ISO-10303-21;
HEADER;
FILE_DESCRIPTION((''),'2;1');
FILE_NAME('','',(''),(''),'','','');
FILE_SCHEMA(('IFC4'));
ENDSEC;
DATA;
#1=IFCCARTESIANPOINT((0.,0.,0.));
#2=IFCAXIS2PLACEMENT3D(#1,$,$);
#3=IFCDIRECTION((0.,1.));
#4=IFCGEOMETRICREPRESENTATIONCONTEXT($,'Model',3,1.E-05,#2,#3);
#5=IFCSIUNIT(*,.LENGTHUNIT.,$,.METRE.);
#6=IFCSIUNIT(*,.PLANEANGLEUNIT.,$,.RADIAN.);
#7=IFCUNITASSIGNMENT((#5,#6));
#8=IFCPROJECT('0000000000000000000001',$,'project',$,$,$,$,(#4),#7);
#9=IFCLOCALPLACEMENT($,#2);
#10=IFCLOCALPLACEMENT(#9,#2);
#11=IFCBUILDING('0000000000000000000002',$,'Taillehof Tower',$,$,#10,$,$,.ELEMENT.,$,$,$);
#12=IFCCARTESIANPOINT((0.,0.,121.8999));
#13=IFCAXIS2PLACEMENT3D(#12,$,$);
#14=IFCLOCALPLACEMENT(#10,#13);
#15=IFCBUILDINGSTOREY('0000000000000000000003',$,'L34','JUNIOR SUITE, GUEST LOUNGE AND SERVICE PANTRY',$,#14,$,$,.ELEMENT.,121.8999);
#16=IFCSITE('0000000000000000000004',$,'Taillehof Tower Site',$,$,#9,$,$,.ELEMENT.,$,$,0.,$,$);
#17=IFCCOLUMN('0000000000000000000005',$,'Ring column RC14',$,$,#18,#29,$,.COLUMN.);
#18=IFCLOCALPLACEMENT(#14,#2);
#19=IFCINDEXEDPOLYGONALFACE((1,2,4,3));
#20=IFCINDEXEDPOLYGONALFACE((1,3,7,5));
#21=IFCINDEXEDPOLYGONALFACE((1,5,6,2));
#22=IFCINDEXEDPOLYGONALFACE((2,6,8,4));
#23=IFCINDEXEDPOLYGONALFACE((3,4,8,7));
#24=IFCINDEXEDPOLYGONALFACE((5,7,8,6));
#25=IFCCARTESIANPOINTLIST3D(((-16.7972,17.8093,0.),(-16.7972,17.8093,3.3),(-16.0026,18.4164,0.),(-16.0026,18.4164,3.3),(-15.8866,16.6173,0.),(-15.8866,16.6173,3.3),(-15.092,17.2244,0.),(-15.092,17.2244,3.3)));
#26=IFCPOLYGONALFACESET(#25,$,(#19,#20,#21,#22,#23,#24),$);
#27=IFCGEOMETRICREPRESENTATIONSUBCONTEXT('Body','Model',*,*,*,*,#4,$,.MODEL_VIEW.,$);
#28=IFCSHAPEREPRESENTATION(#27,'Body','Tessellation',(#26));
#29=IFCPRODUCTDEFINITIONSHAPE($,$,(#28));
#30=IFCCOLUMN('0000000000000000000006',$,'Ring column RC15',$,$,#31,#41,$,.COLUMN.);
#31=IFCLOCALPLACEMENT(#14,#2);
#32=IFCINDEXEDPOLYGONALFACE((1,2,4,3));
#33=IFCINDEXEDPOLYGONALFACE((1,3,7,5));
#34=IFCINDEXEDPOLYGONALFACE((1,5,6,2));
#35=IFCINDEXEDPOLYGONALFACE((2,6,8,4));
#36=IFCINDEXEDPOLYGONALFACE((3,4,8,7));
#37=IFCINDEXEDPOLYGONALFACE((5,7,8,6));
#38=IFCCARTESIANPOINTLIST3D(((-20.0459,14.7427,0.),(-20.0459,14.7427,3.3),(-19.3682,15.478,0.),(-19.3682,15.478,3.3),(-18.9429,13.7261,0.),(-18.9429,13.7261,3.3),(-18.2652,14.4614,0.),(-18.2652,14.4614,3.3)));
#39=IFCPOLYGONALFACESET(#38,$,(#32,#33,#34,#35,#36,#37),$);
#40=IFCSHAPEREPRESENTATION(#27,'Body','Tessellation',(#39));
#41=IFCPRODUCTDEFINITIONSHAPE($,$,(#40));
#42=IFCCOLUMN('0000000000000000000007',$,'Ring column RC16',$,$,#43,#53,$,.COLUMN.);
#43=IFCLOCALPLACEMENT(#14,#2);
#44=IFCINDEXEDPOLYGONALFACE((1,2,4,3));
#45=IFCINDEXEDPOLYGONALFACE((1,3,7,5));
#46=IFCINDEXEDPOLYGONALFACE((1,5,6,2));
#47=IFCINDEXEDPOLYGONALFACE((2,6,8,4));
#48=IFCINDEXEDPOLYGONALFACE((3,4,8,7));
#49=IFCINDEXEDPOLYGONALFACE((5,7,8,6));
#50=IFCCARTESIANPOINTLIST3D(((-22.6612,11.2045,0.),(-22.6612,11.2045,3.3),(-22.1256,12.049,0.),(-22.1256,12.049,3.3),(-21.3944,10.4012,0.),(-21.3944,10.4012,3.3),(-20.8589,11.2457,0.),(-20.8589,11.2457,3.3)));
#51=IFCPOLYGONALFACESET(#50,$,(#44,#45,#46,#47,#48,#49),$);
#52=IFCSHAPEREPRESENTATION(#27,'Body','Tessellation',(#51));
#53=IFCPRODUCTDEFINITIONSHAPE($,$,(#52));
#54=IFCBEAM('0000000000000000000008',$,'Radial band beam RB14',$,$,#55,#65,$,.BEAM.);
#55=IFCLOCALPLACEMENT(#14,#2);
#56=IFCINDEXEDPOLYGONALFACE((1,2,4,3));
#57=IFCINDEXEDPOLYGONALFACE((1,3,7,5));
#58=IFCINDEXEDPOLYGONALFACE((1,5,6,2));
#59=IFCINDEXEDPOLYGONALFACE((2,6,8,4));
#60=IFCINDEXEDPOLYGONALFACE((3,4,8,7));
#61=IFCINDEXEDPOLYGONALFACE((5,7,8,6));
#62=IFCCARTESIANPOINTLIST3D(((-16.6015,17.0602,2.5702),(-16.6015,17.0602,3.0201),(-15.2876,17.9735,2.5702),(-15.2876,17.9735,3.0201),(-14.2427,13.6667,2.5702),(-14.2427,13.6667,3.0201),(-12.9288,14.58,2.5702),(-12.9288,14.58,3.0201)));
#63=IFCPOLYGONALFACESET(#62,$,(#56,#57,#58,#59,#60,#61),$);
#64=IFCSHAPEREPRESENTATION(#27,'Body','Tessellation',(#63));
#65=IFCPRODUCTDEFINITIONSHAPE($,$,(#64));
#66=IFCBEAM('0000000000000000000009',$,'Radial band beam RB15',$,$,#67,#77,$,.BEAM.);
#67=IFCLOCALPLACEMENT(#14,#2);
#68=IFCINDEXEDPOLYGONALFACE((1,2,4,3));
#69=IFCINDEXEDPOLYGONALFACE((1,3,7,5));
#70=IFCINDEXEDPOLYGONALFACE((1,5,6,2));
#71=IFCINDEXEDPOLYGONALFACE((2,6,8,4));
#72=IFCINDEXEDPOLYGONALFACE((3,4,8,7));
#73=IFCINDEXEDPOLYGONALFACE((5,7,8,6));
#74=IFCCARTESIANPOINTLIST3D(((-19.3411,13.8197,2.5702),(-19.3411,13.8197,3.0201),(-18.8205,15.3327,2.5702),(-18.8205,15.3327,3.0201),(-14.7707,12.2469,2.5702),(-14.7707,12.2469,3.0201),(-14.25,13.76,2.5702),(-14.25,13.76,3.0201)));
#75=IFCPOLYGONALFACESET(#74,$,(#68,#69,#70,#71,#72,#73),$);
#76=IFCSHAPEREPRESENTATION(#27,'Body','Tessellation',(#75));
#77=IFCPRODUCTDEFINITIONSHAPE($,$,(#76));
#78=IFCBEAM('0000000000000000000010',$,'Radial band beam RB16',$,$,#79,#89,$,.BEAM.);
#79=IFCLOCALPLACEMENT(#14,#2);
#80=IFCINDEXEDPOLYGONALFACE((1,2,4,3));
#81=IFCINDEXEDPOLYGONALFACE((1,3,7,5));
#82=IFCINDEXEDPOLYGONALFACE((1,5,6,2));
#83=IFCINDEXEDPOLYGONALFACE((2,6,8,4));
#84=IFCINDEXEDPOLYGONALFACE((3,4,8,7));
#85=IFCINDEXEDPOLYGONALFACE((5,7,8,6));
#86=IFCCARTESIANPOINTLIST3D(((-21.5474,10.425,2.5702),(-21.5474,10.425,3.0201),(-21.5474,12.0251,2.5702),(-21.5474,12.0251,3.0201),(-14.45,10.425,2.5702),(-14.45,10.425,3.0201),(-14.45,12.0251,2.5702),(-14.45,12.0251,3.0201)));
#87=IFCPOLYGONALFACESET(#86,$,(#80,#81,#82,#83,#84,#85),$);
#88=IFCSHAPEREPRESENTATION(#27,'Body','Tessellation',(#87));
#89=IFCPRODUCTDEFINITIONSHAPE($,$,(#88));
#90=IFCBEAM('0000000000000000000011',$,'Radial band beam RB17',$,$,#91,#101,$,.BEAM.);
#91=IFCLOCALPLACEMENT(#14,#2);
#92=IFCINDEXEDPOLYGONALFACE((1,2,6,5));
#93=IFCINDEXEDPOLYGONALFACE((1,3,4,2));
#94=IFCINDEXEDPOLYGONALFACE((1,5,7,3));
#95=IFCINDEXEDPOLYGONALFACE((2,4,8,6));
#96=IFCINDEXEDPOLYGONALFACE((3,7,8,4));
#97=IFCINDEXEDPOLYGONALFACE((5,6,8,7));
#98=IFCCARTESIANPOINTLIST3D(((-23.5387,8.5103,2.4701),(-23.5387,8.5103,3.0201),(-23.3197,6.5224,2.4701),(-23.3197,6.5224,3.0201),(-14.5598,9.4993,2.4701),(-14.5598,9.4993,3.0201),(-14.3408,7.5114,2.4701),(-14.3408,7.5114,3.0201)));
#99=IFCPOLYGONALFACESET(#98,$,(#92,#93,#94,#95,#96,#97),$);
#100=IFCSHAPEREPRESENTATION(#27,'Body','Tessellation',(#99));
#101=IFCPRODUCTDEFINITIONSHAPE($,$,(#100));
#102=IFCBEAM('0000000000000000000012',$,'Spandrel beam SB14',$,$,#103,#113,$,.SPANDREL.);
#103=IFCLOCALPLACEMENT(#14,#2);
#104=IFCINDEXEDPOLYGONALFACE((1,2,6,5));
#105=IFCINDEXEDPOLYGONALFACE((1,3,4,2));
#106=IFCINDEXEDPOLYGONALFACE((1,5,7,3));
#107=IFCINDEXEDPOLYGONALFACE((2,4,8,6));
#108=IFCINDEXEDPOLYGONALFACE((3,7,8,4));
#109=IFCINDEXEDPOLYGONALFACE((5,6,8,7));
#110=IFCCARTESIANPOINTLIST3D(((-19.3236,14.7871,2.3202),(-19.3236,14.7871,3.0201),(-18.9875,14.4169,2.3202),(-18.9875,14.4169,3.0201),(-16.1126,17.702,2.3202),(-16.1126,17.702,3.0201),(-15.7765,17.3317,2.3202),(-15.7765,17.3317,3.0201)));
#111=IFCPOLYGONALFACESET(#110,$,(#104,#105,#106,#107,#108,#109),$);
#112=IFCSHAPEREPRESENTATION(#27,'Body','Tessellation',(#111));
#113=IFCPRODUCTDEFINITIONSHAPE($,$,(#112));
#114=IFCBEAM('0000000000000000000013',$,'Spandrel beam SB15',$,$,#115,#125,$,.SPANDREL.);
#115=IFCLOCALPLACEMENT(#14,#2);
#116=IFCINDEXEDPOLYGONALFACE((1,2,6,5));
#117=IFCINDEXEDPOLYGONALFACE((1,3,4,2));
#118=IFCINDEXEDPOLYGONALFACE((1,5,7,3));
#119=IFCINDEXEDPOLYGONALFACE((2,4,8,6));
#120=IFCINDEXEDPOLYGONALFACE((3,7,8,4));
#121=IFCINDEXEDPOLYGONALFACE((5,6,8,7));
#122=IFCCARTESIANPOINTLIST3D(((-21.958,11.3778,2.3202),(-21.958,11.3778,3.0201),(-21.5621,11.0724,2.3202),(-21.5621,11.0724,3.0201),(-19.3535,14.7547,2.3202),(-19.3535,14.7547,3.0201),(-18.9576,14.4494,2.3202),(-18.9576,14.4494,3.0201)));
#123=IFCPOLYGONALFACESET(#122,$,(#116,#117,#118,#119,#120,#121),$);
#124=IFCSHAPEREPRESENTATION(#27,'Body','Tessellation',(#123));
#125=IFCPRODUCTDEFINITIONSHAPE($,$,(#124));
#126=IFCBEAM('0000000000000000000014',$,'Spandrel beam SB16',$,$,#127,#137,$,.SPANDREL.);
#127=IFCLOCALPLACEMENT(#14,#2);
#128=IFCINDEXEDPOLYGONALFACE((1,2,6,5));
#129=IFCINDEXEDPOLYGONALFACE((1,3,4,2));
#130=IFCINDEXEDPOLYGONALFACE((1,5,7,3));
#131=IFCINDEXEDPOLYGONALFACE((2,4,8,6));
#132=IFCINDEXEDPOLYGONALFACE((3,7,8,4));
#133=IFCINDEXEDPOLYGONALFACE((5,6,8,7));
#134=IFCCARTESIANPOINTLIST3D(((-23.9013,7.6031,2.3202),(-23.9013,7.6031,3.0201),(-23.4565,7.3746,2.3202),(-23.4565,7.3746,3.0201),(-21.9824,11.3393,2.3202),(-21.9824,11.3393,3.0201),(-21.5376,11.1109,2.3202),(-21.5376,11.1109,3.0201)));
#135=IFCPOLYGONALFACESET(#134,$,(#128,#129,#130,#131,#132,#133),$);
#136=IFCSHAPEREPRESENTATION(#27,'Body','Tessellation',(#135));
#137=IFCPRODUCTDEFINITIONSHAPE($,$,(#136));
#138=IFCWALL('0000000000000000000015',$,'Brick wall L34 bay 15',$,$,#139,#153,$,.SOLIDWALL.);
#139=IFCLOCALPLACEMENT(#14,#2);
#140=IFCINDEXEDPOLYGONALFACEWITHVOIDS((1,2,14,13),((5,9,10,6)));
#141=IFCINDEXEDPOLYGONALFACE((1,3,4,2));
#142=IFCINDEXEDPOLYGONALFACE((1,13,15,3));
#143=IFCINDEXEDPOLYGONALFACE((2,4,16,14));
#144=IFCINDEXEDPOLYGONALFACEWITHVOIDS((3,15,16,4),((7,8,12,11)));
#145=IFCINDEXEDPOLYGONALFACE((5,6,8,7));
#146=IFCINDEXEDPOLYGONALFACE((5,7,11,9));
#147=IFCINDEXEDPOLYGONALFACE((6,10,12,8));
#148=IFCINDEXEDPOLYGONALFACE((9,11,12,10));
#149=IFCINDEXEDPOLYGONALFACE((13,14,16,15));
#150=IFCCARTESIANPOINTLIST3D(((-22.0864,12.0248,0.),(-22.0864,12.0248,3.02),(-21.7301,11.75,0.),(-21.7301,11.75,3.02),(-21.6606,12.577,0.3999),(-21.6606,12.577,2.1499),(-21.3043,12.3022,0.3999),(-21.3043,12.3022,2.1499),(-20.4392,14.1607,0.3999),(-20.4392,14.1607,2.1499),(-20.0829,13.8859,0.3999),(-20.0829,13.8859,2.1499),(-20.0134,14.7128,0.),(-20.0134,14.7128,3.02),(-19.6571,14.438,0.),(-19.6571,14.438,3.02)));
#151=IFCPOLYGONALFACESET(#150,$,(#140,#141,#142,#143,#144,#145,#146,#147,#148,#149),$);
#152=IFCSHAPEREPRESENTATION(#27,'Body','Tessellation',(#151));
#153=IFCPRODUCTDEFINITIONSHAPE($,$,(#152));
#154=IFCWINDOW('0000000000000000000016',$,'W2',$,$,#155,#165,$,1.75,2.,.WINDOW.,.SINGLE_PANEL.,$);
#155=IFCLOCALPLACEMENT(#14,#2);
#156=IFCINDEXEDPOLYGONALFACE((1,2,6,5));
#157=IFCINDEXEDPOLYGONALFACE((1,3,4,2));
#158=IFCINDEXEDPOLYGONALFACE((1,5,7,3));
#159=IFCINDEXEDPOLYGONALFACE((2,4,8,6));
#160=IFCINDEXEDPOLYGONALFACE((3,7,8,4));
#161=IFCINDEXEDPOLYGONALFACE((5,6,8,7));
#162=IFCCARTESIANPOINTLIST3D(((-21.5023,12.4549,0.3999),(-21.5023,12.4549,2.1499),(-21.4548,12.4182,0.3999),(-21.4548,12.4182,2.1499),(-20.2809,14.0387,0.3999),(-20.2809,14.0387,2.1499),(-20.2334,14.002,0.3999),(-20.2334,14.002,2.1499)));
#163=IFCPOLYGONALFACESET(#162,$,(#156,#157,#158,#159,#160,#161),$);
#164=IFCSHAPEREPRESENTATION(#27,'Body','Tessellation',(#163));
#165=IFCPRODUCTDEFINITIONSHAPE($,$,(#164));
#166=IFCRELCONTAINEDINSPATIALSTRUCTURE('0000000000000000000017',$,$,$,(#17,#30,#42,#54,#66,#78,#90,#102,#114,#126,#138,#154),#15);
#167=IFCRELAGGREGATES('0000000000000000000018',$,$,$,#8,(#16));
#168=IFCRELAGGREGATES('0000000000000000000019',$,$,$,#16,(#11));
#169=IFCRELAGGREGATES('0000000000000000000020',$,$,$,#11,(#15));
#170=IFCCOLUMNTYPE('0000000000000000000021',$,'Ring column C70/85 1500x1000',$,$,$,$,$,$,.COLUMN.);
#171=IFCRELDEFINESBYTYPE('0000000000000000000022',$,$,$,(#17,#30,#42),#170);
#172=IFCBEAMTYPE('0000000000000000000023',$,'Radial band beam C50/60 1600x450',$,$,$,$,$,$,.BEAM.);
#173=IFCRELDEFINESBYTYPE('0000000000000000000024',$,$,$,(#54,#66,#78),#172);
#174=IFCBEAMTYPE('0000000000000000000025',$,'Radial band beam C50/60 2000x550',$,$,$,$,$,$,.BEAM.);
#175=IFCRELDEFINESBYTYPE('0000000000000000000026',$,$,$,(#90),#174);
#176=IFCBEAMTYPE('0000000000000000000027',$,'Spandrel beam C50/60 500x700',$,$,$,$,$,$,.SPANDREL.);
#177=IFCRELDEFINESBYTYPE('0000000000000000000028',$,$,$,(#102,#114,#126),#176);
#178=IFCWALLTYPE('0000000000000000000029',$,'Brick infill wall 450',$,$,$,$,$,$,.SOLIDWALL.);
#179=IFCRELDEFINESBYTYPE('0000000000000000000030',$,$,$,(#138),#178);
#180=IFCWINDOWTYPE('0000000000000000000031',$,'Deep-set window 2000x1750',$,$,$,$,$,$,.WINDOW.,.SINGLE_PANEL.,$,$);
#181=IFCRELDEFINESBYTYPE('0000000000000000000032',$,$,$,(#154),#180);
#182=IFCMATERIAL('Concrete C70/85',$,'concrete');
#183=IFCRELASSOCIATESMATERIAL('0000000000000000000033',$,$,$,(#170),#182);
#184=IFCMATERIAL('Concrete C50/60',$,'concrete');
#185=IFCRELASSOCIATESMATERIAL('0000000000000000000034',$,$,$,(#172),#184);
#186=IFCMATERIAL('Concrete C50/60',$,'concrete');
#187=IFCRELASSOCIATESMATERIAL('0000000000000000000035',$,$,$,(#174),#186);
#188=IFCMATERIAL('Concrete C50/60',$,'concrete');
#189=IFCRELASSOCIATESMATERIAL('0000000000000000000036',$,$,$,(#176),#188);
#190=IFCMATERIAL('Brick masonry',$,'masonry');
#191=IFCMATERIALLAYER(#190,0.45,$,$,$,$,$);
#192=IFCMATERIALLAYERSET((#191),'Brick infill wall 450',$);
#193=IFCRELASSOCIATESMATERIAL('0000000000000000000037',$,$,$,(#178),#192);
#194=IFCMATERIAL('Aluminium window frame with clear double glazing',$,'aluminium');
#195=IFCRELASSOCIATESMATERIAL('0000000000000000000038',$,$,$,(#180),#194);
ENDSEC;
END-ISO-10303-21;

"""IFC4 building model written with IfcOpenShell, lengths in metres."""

from ifc_helpers import new_model, si_unit, direction, frame, frame_2d, origin, origin_2d, place, context, subcontext, project, spatial, rectangle, extrude, material, layer, layer_set, material_profile, profile_set, type_object, element, fill, save


model = new_model("IFC4")

# Units and contexts
model_context = context("Model", 3, precision=1e-05, world=origin(), true_north=direction((0.0, 1.0)))
body_context = subcontext(model_context, "Body", "Model", "MODEL_VIEW")
ifc_project = project(units=[si_unit("LENGTHUNIT", "METRE"), si_unit("PLANEANGLEUNIT", "RADIAN")], contexts=[model_context])

# Site, building, storey
site_placement = place(None, origin())
site = spatial("IfcSite", under=ifc_project, at=site_placement, Name="Taillehof Tower Site", CompositionType="ELEMENT", RefElevation=0.0)
building_placement = place(site_placement, origin())
building = spatial("IfcBuilding", under=site, at=building_placement, Name="Taillehof Tower", CompositionType="ELEMENT")
storey_placement = place(building_placement, frame((0.0, 0.0, 121.8999)))
storey = spatial("IfcBuildingStorey", under=building, at=storey_placement, Name="L34", Description="JUNIOR SUITE, GUEST LOUNGE AND SERVICE PANTRY", CompositionType="ELEMENT", Elevation=121.8999)

# Columns
ifc_material_1 = material(Name="Concrete C70/85", Category="concrete")
ifc_material_profile_1 = material_profile(ifc_material_1, rectangle(XDim=1.5, YDim=1.0, at=origin_2d()), Name="RC 1500x1000")
ifc_profile_set_1 = profile_set([ifc_material_profile_1], Name="Concrete C70/85")
column_type = type_object("IfcColumnType", Name="Ring column C70/85 1500x1000", PredefinedType="COLUMN", material=ifc_profile_set_1)
for number, where, z_axis, x_axis, name in (
    (1, (-15.9446, 17.5168, 0.0), (0.0, 0.0, 1.0), (-0.607074, 0.794645, 0.0), "Ring column RC14"),
    (2, (-19.1555, 14.6021, 0.0), (0.0, 0.0, 1.0), (-0.735332, 0.677707, 0.0), "Ring column RC15"),
    (3, (-21.76, 11.2251, 0.0), (0.0, 0.0, 1.0), (-0.844511, 0.535537, 0.0), "Ring column RC16"),
):
    element("IfcColumn", number, at=place(storey_placement, frame(where, z_axis=z_axis, x_axis=x_axis)), inside=storey, type_object=column_type, Name=name, PredefinedType="COLUMN", context=body_context, shape_type="SweptSolid", body=[
        extrude(rectangle(XDim=1.5, YDim=1.0, at=origin_2d()), origin(), (0.0, 0.0, 1.0), 3.3),
    ])

# Beams
ifc_material_2 = material(Name="Concrete C50/60", Category="concrete")
ifc_material_profile_2 = material_profile(ifc_material_2, rectangle(XDim=1.6001, YDim=0.45, at=origin_2d()), Name="RC 1600x450")
ifc_profile_set_2 = profile_set([ifc_material_profile_2], Name="Concrete C50/60")
beam_type_1 = type_object("IfcBeamType", Name="Radial band beam C50/60 1600x450", PredefinedType="BEAM", material=ifc_profile_set_2)
beam_1_placement = place(storey_placement, frame((-15.9446, 17.5168, 2.7952), z_axis=(0.570763, -0.821115, 0.0), x_axis=(0.821115, 0.570763, 0.0)))
element("IfcBeam", 4, at=beam_1_placement, inside=storey, type_object=beam_type_1, Name="Radial band beam RB14", PredefinedType="BEAM", context=body_context, shape_type="SweptSolid", body=[
    extrude(rectangle(XDim=1.6001, YDim=0.45, at=origin_2d()), origin(), (0.0, 0.0, 1.0), 4.1328),
])
beam_2_placement = place(storey_placement, frame((-19.0808, 14.5762, 2.7952), z_axis=(0.945583, -0.32538, 0.0), x_axis=(0.32538, 0.945583, 0.0)))
element("IfcBeam", 5, at=beam_2_placement, inside=storey, type_object=beam_type_1, Name="Radial band beam RB15", PredefinedType="BEAM", context=body_context, shape_type="SweptSolid", body=[
    extrude(rectangle(XDim=1.6001, YDim=0.45, at=origin_2d()), origin(), (0.0, 0.0, 1.0), 4.8335),
])
beam_3_placement = place(storey_placement, frame((-21.5474, 11.2251, 2.7952), z_axis=(1.0, 0.0, 0.0), x_axis=(0.0, 1.0, 0.0)))
element("IfcBeam", 6, at=beam_3_placement, inside=storey, type_object=beam_type_1, Name="Radial band beam RB16", PredefinedType="BEAM", context=body_context, shape_type="SweptSolid", body=[
    extrude(rectangle(XDim=1.6001, YDim=0.45, at=origin_2d()), origin(), (0.0, 0.0, 1.0), 7.0974),
])
ifc_material_3 = material(Name="Concrete C50/60", Category="concrete")
ifc_material_profile_3 = material_profile(ifc_material_3, rectangle(XDim=2.0, YDim=0.55, at=origin_2d()), Name="RC 2000x550")
ifc_profile_set_3 = profile_set([ifc_material_profile_3], Name="Concrete C50/60")
beam_type_2 = type_object("IfcBeamType", Name="Radial band beam C50/60 2000x550", PredefinedType="BEAM", material=ifc_profile_set_3)
beam_4_placement = place(storey_placement, frame((-23.4292, 7.5164, 2.7451), z_axis=(0.993988, 0.109485, 0.0), x_axis=(-0.109485, 0.993988, 0.0)))
element("IfcBeam", 7, at=beam_4_placement, inside=storey, type_object=beam_type_2, Name="Radial band beam RB17", PredefinedType="BEAM", context=body_context, shape_type="SweptSolid", body=[
    extrude(rectangle(XDim=2.0, YDim=0.55, at=origin_2d()), origin(), (0.0, 0.0, 1.0), 9.0332),
])
ifc_material_4 = material(Name="Concrete C50/60", Category="concrete")
ifc_material_profile_4 = material_profile(ifc_material_4, rectangle(XDim=0.5, YDim=0.7, at=origin_2d()), Name="RC 500x700")
ifc_profile_set_4 = profile_set([ifc_material_profile_4], Name="Concrete C50/60")
beam_type_3 = type_object("IfcBeamType", Name="Spandrel beam C50/60 500x700", PredefinedType="SPANDREL", material=ifc_profile_set_4)
beam_5_placement = place(storey_placement, frame((-15.9446, 17.5168, 2.6702), z_axis=(-0.740426, -0.672137, 0.0), x_axis=(0.672137, -0.740426, 0.0)))
element("IfcBeam", 8, at=beam_5_placement, inside=storey, type_object=beam_type_3, Name="Spandrel beam SB14", PredefinedType="SPANDREL", context=body_context, shape_type="SweptSolid", body=[
    extrude(rectangle(XDim=0.5, YDim=0.7, at=origin_2d()), origin(), (0.0, 0.0, 1.0), 4.3367),
])
beam_6_placement = place(storey_placement, frame((-19.1555, 14.6021, 2.6702), z_axis=(-0.610717, -0.791849, 0.0), x_axis=(0.791849, -0.610717, 0.0)))
element("IfcBeam", 9, at=beam_6_placement, inside=storey, type_object=beam_type_3, Name="Spandrel beam SB15", PredefinedType="SPANDREL", context=body_context, shape_type="SweptSolid", body=[
    extrude(rectangle(XDim=0.5, YDim=0.7, at=origin_2d()), origin(), (0.0, 0.0, 1.0), 4.2646),
])
beam_7_placement = place(storey_placement, frame((-21.76, 11.2251, 2.6702), z_axis=(-0.456859, -0.889539, 0.0), x_axis=(0.889539, -0.456859, 0.0)))
element("IfcBeam", 10, at=beam_7_placement, inside=storey, type_object=beam_type_3, Name="Spandrel beam SB16", PredefinedType="SPANDREL", context=body_context, shape_type="SweptSolid", body=[
    extrude(rectangle(XDim=0.5, YDim=0.7, at=origin_2d()), origin(), (0.0, 0.0, 1.0), 4.2002),
])

# Wall, opening, window
ifc_material_5 = material(Name="Brick masonry", Category="masonry")
ifc_layer_1 = layer(ifc_material_5, 0.45)
ifc_layer_set_1 = layer_set([ifc_layer_1], Name="Brick infill wall 450")
wall_type_1 = type_object("IfcWallType", Name="Brick infill wall 450", PredefinedType="SOLIDWALL", material=ifc_layer_set_1)
wall_1_placement = place(storey_placement, frame((-19.8352, 14.5754, 0.0), z_axis=(0.0, 0.0, 1.0), x_axis=(-0.610694, -0.791867, 0.0)))
wall_1 = element("IfcWall", 11, at=wall_1_placement, inside=storey, type_object=wall_type_1, Name="Brick wall L34 bay 15", PredefinedType="SOLIDWALL", context=body_context, shape_type="SweptSolid", body=[
    extrude(rectangle(XDim=3.3945, YDim=0.45, at=frame_2d((1.6973, 0.0))), origin(), (0.0, 0.0, 1.0), 3.02),
])
opening_1_placement = place(wall_1_placement, frame((0.6973, 0.0, 0.3999)))
opening_1 = element("IfcOpeningElement", 12, at=opening_1_placement, cuts=wall_1, PredefinedType="OPENING", context=body_context, shape_type="SweptSolid", body=[
    extrude(rectangle(XDim=2.0, YDim=1.75, at=frame_2d((1.0, 0.875))), frame((0.0, 0.2349, 0.0), z_axis=(0.0, -1.0, 0.0), x_axis=(1.0, 0.0, 0.0)), (0.0, 0.0, 1.0), 0.47),
])
ifc_material_6 = material(Name="Aluminium window frame with clear double glazing", Category="aluminium")
window_type_1 = type_object("IfcWindowType", Name="Deep-set window 2000x1750", PartitioningType="SINGLE_PANEL", PredefinedType="WINDOW", material=ifc_material_6)
window_1_placement = place(opening_1_placement, origin())
window_1 = element("IfcWindow", 13, at=window_1_placement, inside=storey, type_object=window_type_1, Name="W2", OverallHeight=1.75, OverallWidth=2.0, PartitioningType="SINGLE_PANEL", PredefinedType="WINDOW", context=body_context, shape_type="SweptSolid", body=[
    extrude(rectangle(XDim=2.0, YDim=1.75, at=frame_2d((1.0, 0.875))), frame((0.0, 0.0349, 0.0), z_axis=(0.0, -1.0, 0.0), x_axis=(1.0, 0.0, 0.0)), (0.0, 0.0, 1.0), 0.0601),
])
fill(opening_1, window_1)

save(model, "model.ifc")
